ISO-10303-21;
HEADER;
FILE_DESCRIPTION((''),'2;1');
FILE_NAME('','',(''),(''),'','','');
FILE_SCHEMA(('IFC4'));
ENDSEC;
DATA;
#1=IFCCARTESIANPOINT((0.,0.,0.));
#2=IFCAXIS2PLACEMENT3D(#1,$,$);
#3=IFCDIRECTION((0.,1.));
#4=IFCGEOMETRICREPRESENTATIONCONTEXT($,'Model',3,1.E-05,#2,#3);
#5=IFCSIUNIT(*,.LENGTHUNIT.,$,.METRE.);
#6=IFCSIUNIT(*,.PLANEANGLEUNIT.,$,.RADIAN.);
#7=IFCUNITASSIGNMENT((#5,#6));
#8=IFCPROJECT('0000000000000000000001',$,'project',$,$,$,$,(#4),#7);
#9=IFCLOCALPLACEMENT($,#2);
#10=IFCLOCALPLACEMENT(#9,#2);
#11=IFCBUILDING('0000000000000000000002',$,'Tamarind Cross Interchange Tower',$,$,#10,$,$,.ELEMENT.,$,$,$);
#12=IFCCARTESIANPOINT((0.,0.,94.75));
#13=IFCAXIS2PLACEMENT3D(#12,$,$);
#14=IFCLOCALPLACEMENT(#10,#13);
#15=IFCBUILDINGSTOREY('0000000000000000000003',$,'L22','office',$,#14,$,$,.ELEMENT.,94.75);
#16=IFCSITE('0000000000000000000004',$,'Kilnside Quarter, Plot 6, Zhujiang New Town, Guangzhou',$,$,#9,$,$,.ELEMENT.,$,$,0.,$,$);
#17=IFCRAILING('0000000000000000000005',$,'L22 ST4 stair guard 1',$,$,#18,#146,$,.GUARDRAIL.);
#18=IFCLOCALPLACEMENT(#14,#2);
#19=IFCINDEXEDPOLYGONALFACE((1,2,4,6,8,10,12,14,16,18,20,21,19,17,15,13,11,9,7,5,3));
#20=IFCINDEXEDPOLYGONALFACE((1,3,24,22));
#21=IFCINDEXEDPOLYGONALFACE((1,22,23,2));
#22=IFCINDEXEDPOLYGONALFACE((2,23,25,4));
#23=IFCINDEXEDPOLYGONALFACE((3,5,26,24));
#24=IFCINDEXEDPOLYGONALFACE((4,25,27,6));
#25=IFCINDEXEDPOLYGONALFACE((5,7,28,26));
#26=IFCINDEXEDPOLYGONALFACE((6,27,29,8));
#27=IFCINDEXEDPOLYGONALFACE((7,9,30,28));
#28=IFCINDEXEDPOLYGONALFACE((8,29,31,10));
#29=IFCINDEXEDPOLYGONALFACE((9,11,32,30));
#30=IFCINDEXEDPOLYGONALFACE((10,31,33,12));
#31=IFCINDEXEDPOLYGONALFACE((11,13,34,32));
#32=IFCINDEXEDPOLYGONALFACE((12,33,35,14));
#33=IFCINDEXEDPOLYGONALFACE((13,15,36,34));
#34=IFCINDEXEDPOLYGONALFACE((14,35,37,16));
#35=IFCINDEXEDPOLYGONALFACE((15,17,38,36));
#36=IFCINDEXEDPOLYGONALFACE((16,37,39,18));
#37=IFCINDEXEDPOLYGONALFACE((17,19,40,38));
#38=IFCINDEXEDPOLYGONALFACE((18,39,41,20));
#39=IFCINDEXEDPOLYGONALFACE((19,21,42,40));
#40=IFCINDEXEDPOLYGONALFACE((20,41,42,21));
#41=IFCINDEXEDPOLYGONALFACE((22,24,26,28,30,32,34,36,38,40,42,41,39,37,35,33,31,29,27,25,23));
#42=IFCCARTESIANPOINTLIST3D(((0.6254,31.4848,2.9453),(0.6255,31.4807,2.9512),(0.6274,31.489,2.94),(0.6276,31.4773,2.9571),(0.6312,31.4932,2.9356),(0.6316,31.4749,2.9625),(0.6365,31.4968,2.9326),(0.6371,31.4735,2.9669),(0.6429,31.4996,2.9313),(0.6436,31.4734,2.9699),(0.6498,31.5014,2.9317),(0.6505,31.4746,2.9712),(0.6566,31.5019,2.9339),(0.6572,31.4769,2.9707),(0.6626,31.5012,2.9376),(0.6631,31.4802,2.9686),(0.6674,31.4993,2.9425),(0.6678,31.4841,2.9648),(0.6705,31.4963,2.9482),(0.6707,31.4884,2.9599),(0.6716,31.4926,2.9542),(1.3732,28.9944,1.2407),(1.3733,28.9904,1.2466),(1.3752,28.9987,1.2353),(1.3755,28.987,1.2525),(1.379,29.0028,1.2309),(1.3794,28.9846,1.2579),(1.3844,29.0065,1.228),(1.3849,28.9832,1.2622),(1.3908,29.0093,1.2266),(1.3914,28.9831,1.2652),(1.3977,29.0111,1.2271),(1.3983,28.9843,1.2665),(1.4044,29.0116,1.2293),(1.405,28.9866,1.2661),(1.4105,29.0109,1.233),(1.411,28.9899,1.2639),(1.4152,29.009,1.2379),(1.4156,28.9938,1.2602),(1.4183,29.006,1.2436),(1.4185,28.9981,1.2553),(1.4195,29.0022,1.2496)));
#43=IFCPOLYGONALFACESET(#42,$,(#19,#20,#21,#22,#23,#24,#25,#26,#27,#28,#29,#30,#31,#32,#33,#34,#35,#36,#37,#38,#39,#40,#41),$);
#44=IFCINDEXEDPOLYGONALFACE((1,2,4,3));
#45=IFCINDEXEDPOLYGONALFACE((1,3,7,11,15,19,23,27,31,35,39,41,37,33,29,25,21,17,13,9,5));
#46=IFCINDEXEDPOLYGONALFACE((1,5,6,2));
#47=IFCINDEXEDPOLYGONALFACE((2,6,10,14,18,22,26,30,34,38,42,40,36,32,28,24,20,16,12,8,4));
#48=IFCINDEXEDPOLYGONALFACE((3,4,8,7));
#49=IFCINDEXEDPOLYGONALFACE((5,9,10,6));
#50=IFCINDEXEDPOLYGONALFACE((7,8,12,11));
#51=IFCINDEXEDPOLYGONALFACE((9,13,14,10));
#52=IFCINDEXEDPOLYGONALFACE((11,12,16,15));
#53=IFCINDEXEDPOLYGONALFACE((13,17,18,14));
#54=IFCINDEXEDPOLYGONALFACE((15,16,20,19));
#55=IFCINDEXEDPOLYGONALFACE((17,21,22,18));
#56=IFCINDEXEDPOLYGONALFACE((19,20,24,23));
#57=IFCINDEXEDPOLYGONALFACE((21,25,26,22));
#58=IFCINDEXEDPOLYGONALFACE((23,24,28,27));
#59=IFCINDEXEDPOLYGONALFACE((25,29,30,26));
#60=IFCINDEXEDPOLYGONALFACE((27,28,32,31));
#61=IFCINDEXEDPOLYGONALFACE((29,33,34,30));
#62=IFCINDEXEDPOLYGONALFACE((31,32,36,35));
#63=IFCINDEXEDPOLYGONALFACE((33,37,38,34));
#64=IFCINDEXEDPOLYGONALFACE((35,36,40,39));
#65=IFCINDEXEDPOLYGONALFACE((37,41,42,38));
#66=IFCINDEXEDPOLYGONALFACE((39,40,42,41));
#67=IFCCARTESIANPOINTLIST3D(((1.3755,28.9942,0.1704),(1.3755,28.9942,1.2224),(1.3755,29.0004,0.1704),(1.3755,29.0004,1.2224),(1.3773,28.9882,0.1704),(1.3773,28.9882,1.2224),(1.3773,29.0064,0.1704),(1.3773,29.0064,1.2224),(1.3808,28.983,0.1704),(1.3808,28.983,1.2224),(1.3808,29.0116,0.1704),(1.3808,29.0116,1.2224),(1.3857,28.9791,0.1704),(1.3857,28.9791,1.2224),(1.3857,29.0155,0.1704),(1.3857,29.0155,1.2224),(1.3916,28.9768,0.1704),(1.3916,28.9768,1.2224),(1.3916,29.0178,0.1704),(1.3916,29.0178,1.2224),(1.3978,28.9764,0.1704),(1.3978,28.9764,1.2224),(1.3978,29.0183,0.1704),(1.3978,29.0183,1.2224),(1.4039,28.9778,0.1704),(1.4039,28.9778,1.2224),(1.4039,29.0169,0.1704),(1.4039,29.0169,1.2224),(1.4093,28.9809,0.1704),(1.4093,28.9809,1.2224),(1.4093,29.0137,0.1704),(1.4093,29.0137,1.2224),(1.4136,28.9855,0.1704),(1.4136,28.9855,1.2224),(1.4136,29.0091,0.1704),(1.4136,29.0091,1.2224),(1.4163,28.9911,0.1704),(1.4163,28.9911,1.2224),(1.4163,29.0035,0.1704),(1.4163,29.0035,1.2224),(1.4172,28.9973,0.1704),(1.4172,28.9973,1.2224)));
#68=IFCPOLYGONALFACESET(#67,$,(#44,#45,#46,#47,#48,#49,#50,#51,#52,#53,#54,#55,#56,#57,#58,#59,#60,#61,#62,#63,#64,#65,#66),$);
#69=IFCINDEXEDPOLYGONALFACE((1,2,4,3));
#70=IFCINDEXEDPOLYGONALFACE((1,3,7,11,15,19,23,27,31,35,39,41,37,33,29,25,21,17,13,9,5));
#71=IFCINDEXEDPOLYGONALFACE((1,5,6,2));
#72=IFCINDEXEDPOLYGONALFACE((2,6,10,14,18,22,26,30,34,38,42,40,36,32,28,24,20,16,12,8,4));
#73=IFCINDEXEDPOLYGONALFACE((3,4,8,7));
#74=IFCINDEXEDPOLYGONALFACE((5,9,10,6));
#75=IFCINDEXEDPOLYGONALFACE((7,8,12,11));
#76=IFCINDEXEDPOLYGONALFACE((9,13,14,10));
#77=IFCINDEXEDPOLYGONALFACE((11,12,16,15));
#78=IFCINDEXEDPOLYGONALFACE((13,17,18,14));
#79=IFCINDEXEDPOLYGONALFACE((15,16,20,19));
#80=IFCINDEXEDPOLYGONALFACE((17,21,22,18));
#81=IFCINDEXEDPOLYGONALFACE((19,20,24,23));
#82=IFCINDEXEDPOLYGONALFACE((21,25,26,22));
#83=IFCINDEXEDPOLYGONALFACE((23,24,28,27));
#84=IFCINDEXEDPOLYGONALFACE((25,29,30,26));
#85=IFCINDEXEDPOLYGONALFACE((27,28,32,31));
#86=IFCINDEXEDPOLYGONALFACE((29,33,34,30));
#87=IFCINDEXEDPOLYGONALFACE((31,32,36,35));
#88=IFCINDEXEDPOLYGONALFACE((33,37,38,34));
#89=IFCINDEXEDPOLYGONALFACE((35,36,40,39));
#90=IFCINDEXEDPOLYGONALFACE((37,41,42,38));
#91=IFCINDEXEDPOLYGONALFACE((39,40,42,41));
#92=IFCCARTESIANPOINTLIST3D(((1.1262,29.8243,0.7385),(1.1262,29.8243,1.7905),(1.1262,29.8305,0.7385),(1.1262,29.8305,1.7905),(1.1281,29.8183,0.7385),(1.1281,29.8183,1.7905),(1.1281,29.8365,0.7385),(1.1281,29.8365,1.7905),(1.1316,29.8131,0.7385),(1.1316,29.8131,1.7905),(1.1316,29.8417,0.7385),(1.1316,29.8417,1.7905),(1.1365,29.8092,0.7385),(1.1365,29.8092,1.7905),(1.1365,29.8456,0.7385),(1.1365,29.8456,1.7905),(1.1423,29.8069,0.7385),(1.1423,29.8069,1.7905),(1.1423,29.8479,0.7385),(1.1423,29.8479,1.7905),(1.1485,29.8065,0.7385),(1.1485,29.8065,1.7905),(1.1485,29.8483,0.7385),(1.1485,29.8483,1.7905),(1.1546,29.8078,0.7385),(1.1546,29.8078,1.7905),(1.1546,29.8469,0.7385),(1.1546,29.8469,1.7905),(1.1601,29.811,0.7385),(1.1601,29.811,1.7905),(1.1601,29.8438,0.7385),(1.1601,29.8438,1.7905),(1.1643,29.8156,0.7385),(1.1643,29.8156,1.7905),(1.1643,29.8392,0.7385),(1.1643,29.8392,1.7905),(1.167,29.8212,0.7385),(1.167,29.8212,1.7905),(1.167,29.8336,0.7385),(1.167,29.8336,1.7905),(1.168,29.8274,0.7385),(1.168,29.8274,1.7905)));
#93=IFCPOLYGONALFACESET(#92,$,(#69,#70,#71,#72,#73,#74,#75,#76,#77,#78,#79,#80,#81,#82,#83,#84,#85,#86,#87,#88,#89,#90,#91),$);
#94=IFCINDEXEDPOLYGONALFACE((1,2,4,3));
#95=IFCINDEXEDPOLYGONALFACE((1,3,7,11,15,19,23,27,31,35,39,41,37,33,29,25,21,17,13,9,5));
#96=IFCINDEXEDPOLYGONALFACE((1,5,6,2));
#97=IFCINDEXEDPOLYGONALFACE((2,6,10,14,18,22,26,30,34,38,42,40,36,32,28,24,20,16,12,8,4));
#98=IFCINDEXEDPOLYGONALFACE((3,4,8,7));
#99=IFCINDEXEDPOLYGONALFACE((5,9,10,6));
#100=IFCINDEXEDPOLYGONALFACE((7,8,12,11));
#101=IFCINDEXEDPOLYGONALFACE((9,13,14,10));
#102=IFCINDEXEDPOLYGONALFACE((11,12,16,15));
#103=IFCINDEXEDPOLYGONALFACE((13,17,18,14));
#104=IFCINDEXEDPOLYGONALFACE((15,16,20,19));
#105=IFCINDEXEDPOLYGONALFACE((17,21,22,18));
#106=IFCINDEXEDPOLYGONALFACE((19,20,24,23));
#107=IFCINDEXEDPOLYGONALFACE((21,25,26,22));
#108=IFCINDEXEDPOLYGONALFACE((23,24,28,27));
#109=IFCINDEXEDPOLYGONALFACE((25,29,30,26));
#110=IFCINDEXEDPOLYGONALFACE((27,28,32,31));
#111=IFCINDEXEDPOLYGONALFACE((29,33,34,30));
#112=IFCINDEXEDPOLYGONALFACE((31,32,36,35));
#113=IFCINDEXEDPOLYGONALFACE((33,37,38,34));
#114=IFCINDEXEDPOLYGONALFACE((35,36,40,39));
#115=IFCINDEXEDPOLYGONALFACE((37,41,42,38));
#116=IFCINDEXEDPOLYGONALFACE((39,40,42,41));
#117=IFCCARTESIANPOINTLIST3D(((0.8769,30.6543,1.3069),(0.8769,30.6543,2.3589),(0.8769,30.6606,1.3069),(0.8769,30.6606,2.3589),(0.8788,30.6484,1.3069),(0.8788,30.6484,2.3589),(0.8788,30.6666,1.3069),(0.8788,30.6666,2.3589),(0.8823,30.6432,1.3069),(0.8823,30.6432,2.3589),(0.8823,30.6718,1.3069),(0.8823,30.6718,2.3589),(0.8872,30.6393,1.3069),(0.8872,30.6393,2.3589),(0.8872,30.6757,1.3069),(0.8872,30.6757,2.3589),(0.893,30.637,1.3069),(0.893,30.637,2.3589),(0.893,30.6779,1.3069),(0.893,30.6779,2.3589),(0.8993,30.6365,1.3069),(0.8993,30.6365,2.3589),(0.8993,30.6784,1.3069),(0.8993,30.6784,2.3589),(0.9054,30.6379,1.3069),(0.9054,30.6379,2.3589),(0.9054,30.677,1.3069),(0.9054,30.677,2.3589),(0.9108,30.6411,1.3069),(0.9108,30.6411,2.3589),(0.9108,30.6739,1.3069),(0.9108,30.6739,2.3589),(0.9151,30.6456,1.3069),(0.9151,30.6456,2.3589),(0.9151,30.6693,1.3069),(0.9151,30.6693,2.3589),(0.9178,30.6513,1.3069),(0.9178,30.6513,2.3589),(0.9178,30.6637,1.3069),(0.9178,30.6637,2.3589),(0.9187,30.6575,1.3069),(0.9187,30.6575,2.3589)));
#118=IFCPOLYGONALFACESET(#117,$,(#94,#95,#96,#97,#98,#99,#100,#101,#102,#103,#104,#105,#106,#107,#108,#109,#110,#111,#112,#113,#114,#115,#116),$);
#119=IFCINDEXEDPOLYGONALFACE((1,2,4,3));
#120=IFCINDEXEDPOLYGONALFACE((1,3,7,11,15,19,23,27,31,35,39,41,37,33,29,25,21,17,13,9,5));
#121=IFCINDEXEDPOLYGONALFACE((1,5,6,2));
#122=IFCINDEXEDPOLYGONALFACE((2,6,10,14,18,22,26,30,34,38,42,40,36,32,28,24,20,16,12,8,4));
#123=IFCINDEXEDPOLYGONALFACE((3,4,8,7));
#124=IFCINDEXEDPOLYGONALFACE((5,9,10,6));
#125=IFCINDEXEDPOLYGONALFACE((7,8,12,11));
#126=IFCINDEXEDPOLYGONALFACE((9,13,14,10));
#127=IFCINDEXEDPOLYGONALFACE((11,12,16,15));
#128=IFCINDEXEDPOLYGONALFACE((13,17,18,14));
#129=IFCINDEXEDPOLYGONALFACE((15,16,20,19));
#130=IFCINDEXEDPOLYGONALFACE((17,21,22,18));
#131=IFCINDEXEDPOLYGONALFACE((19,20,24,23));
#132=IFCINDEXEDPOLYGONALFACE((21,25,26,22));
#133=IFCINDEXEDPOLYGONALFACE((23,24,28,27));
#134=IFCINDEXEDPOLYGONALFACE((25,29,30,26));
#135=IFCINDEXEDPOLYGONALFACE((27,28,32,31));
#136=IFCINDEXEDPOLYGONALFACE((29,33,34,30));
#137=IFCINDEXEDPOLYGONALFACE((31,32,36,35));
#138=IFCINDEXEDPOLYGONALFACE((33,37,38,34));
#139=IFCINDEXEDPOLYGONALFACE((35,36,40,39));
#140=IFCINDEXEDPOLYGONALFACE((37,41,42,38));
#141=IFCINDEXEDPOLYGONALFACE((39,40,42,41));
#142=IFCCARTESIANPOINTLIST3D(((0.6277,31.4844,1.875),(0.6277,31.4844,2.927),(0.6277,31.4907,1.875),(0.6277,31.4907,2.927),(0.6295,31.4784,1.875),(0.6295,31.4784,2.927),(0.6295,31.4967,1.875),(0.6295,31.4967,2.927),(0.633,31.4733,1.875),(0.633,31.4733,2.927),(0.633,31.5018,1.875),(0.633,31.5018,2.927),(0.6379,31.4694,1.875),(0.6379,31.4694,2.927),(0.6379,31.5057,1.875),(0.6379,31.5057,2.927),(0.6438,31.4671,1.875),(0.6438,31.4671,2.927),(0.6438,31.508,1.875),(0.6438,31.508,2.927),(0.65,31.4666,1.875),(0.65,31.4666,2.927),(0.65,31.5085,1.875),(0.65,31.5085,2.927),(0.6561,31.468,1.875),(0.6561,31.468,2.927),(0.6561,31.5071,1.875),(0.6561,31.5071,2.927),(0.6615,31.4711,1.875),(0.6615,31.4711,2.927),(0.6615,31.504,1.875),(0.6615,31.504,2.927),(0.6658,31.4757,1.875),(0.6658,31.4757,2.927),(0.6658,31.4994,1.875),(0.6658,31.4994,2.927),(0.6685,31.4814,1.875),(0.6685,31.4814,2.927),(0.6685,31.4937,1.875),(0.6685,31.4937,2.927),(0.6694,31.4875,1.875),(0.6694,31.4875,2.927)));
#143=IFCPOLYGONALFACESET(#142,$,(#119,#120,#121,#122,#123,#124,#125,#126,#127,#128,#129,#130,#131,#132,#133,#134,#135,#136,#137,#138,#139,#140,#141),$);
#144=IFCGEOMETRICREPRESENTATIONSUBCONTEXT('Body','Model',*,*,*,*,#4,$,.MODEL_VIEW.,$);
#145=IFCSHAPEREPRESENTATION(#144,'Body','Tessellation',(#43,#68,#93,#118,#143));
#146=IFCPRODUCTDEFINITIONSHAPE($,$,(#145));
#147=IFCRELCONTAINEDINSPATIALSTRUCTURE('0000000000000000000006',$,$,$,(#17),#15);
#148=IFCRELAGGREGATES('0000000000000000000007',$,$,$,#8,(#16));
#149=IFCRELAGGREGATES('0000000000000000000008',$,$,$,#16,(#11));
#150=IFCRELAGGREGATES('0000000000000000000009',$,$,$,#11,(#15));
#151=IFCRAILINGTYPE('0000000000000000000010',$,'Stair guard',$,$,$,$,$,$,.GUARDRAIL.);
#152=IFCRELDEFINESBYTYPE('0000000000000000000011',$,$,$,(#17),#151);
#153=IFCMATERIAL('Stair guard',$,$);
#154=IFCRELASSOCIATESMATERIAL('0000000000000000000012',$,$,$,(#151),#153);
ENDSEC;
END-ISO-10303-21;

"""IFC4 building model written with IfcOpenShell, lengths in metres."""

from ifc_helpers import new_model, si_unit, direction, frame, origin, origin_2d, place, context, subcontext, project, spatial, circle, extrude, material, type_object, element, save


model = new_model("IFC4")

# Units and contexts
model_context = context("Model", 3, precision=1e-05, world=origin(), true_north=direction((0.0, 1.0)))
body_context = subcontext(model_context, "Body", "Model", "MODEL_VIEW")
ifc_project = project(units=[si_unit("LENGTHUNIT", "METRE"), si_unit("PLANEANGLEUNIT", "RADIAN")], contexts=[model_context])

# Site, building, storey
site_placement = place(None, origin())
site = spatial("IfcSite", under=ifc_project, at=site_placement, Name="Kilnside Quarter, Plot 6, Zhujiang New Town, Guangzhou", CompositionType="ELEMENT", RefElevation=0.0)
building_placement = place(site_placement, origin())
building = spatial("IfcBuilding", under=site, at=building_placement, Name="Tamarind Cross Interchange Tower", CompositionType="ELEMENT")
storey_placement = place(building_placement, frame((0.0, 0.0, 94.75)))
storey = spatial("IfcBuildingStorey", under=building, at=storey_placement, Name="L22", Description="office", CompositionType="ELEMENT", Elevation=94.75)

# Railing
ifc_material_1 = material(Name="Stair guard")
railing_type_1 = type_object("IfcRailingType", Name="Stair guard", PredefinedType="GUARDRAIL", material=ifc_material_1)
railing_1_placement = place(storey_placement, frame((1.3962, 28.9973, 0.1704)))
element("IfcRailing", 1, at=railing_1_placement, inside=storey, type_object=railing_type_1, Name="L22 ST4 stair guard 1", PredefinedType="GUARDRAIL", context=body_context, shape_type="SweptSolid", body=[
    extrude(circle(Radius=0.0239, at=origin_2d()), frame((0.0, 0.0, 1.0762), z_axis=(-0.240526, 0.800967, 0.54827), x_axis=(-0.957749, -0.287606, 0.0)), (0.0, 0.0, 1.0), 3.1091),
    extrude(circle(Radius=0.021, at=origin_2d()), origin(), (0.0, 0.0, 1.0), 1.052),
    extrude(circle(Radius=0.021, at=origin_2d()), frame((-0.2493, 0.8301, 0.5681)), (0.0, 0.0, 1.0), 1.052),
    extrude(circle(Radius=0.021, at=origin_2d()), frame((-0.4985, 1.6602, 1.1365)), (0.0, 0.0, 1.0), 1.052),
    extrude(circle(Radius=0.021, at=origin_2d()), frame((-0.7478, 2.4902, 1.7046)), (0.0, 0.0, 1.0), 1.052),
])

save(model, "model.ifc")
